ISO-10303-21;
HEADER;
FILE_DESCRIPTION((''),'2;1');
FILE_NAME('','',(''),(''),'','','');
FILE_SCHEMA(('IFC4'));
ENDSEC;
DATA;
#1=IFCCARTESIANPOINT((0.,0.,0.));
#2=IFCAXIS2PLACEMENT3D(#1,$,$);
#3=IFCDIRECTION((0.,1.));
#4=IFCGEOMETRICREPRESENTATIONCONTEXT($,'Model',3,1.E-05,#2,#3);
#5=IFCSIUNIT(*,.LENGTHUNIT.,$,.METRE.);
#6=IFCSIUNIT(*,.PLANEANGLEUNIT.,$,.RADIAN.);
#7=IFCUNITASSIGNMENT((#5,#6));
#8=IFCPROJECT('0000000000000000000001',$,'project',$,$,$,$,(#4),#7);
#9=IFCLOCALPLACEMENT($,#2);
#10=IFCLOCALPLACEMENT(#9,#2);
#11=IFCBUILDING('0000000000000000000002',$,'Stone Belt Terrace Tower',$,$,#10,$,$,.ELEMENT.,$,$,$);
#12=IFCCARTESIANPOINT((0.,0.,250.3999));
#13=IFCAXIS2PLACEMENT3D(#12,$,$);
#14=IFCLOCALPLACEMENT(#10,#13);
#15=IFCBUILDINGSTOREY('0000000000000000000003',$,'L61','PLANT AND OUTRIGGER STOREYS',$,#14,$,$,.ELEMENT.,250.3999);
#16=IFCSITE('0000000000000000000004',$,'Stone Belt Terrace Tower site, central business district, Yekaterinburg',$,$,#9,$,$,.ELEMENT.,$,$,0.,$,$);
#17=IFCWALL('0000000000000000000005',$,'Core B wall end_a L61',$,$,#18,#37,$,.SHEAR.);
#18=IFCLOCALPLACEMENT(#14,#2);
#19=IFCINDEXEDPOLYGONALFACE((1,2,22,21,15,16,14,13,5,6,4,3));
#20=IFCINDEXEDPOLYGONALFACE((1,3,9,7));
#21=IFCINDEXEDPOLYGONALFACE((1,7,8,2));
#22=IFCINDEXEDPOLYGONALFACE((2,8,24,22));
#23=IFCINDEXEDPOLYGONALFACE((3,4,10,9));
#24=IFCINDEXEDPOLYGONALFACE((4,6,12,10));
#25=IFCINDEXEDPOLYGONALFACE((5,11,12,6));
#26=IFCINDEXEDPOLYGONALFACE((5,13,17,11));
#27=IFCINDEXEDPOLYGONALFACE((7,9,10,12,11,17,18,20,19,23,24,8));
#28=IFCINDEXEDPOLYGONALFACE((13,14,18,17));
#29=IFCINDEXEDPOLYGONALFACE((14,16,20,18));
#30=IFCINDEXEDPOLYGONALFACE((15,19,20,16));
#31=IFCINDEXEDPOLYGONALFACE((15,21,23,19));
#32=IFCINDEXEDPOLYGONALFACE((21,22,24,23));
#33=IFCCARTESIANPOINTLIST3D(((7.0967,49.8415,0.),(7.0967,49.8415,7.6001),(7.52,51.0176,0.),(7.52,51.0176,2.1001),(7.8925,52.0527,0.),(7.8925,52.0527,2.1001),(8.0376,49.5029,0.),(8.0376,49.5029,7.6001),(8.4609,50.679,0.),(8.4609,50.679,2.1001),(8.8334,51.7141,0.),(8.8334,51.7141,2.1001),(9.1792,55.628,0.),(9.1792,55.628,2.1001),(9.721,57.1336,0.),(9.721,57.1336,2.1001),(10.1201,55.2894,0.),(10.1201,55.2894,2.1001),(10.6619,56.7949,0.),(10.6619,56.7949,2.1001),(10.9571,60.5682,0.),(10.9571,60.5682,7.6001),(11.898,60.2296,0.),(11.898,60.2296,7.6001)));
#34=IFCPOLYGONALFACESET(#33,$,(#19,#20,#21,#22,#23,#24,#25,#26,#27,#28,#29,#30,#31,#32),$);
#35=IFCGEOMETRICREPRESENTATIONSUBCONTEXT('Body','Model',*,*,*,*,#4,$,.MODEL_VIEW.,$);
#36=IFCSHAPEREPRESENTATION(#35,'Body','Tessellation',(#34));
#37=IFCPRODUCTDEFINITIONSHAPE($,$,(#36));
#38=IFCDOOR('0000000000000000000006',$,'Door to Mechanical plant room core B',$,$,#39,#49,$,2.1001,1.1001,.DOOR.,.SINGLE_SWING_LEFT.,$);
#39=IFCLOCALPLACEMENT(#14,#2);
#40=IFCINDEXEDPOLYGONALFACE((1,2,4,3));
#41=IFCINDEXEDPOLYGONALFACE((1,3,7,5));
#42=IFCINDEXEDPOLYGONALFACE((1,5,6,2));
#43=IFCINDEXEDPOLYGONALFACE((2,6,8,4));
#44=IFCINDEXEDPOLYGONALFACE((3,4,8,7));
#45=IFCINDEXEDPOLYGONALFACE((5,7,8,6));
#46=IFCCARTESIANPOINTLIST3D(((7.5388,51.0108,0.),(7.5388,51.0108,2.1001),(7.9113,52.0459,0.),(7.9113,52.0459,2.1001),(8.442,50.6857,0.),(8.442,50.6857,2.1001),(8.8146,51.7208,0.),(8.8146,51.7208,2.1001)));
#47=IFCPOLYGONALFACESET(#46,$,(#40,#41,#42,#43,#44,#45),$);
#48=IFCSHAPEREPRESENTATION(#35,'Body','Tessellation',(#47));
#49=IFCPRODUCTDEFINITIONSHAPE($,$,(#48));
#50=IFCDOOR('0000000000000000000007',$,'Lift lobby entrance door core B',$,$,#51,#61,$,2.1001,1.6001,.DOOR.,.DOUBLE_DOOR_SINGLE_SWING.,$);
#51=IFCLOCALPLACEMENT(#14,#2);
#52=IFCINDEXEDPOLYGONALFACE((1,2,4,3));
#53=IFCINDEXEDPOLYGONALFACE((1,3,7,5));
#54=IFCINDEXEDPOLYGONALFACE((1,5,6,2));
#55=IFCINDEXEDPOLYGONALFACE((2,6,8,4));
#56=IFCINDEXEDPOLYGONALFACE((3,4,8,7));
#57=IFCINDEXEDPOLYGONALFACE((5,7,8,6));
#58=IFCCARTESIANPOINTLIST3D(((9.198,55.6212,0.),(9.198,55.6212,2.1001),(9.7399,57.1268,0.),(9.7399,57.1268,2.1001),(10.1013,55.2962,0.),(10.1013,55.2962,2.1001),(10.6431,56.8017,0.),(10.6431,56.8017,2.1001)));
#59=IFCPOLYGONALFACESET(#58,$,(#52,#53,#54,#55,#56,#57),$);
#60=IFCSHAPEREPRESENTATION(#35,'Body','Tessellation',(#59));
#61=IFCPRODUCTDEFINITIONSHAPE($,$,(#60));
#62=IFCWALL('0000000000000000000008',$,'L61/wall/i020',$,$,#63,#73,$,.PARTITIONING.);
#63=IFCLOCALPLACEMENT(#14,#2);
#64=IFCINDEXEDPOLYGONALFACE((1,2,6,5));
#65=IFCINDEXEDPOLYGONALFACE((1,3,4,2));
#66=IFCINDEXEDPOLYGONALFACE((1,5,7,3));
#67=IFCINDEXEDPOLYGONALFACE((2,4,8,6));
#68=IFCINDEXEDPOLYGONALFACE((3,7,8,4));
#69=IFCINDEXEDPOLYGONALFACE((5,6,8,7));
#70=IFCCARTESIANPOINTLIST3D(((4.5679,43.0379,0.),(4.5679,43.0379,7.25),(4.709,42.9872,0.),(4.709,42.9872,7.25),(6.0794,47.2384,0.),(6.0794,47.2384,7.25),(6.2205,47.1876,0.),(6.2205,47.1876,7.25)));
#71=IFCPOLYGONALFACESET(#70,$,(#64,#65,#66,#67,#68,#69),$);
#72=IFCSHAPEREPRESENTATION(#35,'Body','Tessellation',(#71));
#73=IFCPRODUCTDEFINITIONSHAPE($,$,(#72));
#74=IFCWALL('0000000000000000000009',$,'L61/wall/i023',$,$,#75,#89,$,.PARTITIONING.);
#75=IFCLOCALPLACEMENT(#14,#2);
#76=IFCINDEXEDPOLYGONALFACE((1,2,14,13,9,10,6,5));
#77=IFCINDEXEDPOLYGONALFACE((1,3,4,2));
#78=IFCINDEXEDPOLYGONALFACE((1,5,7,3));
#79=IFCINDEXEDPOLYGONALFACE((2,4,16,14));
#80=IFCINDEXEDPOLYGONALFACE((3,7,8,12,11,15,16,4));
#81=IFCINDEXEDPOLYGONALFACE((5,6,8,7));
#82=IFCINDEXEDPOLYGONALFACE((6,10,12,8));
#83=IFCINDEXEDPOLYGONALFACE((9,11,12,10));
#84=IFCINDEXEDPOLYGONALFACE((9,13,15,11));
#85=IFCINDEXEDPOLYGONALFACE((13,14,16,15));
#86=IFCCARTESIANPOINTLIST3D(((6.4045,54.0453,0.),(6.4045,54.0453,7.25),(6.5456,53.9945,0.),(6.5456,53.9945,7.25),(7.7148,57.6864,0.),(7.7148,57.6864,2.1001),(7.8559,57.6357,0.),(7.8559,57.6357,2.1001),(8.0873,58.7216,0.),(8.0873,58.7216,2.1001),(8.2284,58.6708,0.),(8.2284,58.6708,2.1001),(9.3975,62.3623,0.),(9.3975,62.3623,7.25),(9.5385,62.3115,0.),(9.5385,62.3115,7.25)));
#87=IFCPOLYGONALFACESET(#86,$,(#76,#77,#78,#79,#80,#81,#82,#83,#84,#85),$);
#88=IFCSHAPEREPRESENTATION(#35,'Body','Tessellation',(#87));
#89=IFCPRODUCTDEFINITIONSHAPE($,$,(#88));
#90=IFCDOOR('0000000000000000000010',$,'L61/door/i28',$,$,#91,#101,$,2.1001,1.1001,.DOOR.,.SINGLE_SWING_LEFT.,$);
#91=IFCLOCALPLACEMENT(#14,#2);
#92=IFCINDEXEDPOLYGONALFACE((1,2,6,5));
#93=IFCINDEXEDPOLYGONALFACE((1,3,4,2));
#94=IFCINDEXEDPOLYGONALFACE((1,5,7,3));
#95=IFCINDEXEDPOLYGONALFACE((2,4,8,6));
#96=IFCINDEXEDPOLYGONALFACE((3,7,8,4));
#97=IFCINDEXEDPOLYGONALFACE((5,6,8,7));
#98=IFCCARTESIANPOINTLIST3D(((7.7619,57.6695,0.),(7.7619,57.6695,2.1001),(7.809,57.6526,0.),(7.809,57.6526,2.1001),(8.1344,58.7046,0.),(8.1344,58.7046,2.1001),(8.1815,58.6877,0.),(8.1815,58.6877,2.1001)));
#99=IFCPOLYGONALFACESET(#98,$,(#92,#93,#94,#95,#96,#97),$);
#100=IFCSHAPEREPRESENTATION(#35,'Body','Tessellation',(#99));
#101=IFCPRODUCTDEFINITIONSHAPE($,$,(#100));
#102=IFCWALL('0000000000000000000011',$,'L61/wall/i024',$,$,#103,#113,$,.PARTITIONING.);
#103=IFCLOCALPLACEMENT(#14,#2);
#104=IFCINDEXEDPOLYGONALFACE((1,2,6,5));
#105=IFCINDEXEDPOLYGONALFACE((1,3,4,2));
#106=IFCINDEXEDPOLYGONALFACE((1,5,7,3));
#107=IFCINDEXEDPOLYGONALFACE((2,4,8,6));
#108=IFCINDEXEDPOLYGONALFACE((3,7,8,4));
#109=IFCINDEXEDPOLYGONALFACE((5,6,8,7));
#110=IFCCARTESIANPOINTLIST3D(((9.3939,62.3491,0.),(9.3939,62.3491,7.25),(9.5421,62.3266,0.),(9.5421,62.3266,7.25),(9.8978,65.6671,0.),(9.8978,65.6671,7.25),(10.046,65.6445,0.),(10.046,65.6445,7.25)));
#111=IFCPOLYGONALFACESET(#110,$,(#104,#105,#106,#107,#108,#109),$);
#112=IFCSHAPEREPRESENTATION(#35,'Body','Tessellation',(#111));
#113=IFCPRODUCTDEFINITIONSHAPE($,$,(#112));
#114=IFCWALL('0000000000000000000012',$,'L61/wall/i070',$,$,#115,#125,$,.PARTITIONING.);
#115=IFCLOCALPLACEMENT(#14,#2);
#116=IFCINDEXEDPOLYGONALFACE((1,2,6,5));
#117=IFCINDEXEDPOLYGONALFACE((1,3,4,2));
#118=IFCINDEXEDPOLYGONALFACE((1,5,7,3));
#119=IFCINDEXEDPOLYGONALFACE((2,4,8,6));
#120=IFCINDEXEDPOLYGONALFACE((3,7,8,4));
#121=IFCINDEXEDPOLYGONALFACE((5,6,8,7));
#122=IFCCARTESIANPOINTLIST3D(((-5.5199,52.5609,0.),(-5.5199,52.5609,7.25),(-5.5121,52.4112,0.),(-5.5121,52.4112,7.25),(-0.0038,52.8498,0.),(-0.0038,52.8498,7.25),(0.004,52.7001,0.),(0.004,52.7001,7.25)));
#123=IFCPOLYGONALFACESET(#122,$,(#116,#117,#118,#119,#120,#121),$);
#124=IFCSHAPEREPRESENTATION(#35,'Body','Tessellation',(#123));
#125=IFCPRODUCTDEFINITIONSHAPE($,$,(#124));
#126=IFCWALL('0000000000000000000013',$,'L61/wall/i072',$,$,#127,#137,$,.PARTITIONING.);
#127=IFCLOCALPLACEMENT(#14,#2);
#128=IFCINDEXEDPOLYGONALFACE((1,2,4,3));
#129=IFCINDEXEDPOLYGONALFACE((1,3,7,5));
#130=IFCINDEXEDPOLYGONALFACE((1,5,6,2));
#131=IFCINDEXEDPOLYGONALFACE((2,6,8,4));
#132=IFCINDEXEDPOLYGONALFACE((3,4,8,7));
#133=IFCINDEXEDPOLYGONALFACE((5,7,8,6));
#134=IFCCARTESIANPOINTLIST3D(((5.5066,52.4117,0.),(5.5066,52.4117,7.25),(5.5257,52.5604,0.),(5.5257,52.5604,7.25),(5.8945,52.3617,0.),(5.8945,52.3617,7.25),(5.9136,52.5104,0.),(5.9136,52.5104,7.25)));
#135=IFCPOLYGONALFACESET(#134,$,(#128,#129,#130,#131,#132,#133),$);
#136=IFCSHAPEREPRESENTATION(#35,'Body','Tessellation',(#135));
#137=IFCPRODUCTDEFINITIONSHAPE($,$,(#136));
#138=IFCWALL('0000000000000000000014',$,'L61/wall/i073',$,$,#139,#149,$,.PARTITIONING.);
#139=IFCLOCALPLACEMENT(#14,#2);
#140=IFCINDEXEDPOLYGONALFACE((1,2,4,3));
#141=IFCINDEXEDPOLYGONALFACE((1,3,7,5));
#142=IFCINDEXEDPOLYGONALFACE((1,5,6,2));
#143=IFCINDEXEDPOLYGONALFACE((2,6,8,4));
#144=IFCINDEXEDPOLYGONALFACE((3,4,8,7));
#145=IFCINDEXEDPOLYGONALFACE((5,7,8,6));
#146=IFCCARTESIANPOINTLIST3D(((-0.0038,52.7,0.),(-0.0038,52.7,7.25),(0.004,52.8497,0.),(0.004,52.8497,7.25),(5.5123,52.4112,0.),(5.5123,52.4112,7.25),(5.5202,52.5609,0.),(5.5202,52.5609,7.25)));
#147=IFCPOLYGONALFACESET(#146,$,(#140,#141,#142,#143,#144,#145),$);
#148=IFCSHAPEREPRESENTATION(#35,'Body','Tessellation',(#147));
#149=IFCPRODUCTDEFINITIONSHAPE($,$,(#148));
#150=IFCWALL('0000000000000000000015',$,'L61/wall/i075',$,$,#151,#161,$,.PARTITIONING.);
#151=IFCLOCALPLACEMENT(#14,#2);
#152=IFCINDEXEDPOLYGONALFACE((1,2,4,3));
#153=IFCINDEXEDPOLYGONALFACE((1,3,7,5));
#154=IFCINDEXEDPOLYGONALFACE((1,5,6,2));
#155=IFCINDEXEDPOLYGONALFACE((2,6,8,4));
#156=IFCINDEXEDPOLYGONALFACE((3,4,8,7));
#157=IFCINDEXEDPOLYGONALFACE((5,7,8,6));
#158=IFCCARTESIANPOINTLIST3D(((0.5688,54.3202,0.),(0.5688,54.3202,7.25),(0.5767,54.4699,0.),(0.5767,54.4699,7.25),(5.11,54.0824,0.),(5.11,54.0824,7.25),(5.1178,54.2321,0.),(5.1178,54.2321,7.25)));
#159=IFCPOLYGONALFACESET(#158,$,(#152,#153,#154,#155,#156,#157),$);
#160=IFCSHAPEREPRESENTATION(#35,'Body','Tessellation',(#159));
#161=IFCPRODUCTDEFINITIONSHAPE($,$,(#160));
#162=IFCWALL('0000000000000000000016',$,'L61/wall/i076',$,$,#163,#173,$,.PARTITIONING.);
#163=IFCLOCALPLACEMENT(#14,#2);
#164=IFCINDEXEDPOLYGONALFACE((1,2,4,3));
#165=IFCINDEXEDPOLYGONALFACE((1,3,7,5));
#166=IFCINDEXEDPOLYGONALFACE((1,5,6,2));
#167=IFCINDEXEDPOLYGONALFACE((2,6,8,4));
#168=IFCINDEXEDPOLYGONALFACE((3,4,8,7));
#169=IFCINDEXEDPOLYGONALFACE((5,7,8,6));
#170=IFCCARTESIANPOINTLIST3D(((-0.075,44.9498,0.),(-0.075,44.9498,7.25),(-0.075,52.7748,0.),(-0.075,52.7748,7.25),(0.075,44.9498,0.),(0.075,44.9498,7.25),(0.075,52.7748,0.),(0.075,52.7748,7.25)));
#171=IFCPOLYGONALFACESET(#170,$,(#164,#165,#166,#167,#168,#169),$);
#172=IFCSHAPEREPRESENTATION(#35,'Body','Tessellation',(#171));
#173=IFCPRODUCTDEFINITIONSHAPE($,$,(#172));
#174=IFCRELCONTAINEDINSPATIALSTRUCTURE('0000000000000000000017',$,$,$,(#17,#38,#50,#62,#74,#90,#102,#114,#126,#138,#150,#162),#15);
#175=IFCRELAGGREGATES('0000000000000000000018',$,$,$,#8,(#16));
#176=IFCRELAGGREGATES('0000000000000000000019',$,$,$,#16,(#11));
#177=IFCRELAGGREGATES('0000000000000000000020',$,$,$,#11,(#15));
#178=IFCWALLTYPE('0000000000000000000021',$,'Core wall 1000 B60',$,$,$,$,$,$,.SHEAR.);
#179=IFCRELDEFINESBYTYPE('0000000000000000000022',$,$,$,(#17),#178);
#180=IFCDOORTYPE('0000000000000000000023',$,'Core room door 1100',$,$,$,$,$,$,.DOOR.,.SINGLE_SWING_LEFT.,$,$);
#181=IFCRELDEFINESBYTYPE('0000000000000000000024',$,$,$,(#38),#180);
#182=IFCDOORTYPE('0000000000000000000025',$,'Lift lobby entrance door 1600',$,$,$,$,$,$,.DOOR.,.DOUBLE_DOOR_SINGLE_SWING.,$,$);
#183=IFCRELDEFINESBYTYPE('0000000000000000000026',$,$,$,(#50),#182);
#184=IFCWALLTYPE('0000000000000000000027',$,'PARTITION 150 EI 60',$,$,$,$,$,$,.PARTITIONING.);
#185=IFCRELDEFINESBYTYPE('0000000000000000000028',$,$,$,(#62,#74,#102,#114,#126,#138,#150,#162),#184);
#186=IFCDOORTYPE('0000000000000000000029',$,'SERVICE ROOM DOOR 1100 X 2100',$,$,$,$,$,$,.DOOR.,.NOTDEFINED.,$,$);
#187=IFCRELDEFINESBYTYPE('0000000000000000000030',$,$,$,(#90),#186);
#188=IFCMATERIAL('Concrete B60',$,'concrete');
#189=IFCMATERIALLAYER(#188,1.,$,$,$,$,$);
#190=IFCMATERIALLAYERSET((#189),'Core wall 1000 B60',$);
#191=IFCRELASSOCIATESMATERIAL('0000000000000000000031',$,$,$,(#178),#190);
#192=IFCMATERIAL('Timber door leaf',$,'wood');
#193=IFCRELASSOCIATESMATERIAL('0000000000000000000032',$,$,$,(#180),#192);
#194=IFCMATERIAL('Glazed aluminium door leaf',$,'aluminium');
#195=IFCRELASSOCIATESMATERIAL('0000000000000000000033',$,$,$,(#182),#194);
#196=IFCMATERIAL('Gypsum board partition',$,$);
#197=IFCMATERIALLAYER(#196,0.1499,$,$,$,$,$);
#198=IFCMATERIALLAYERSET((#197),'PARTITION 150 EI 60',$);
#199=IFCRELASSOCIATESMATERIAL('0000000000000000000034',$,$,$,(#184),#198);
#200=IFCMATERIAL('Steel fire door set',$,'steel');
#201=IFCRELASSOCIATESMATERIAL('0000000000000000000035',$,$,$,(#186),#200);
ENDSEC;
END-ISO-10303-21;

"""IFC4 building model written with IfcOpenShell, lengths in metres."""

from ifc_helpers import new_model, si_unit, direction, frame, frame_2d, origin, place, context, subcontext, project, spatial, rectangle, extrude, material, layer, layer_set, type_object, element, fill, save


model = new_model("IFC4")

# Units and contexts
model_context = context("Model", 3, precision=1e-05, world=origin(), true_north=direction((0.0, 1.0)))
body_context = subcontext(model_context, "Body", "Model", "MODEL_VIEW")
ifc_project = project(units=[si_unit("LENGTHUNIT", "METRE"), si_unit("PLANEANGLEUNIT", "RADIAN")], contexts=[model_context])

# Site, building, storey
site_placement = place(None, origin())
site = spatial("IfcSite", under=ifc_project, at=site_placement, Name="Stone Belt Terrace Tower site, central business district, Yekaterinburg", CompositionType="ELEMENT", RefElevation=0.0)
building_placement = place(site_placement, origin())
building = spatial("IfcBuilding", under=site, at=building_placement, Name="Stone Belt Terrace Tower", CompositionType="ELEMENT")
storey_placement = place(building_placement, frame((0.0, 0.0, 250.3999)))
storey = spatial("IfcBuildingStorey", under=building, at=storey_placement, Name="L61", Description="PLANT AND OUTRIGGER STOREYS", CompositionType="ELEMENT", Elevation=250.3999)

# Shared definitions
ifc_material_1 = material(Name="Concrete B60", Category="concrete")

# Wall, openings, doors
ifc_layer_1 = layer(ifc_material_1, 1.0)
ifc_layer_set_1 = layer_set([ifc_layer_1], Name="Core wall 1000 B60")
wall_type_1 = type_object("IfcWallType", Name="Core wall 1000 B60", PredefinedType="SHEAR", material=ifc_layer_set_1)
wall_1_placement = place(storey_placement, frame((7.5671, 49.6721, 0.0), z_axis=(0.0, 0.0, 1.0), x_axis=(0.338625, 0.940921, 0.0)))
wall_1 = element("IfcWall", 1, at=wall_1_placement, inside=storey, type_object=wall_type_1, Name="Core B wall end_a L61", PredefinedType="SHEAR", context=body_context, shape_type="SweptSolid", body=[
    extrude(rectangle(XDim=11.4001, YDim=1.0, at=frame_2d((5.7002, 0.0))), origin(), (0.0, 0.0, 1.0), 7.6001),
])
opening_1_placement = place(wall_1_placement, frame((6.1499, 0.0, 0.0)))
opening_1 = element("IfcOpeningElement", 2, at=opening_1_placement, cuts=wall_1, PredefinedType="OPENING", context=body_context, shape_type="SweptSolid", body=[
    extrude(rectangle(XDim=1.6001, YDim=2.1001, at=frame_2d((0.8, 1.05))), frame((0.0, 0.51, 0.0), z_axis=(0.0, -1.0, 0.0), x_axis=(1.0, 0.0, 0.0)), (0.0, 0.0, 1.0), 1.02),
])
opening_2_placement = place(wall_1_placement, frame((1.25, 0.0, 0.0)))
opening_2 = element("IfcOpeningElement", 3, at=opening_2_placement, cuts=wall_1, PredefinedType="OPENING", context=body_context, shape_type="SweptSolid", body=[
    extrude(rectangle(XDim=1.1001, YDim=2.1001, at=frame_2d((0.55, 1.05))), frame((0.0, 0.51, 0.0), z_axis=(0.0, -1.0, 0.0), x_axis=(1.0, 0.0, 0.0)), (0.0, 0.0, 1.0), 1.02),
])
ifc_material_2 = material(Name="Timber door leaf", Category="wood")
door_type_1 = type_object("IfcDoorType", Name="Core room door 1100", OperationType="SINGLE_SWING_LEFT", PredefinedType="DOOR", material=ifc_material_2)
door_1_placement = place(opening_2_placement, origin())
door_1 = element("IfcDoor", 4, at=door_1_placement, inside=storey, type_object=door_type_1, Name="Door to Mechanical plant room core B", OperationType="SINGLE_SWING_LEFT", OverallHeight=2.1001, OverallWidth=1.1001, PredefinedType="DOOR", context=body_context, shape_type="SweptSolid", body=[
    extrude(rectangle(XDim=1.1001, YDim=2.1001, at=frame_2d((0.55, 1.05))), frame((0.0, 0.48, 0.0), z_axis=(0.0, -1.0, 0.0), x_axis=(1.0, 0.0, 0.0)), (0.0, 0.0, 1.0), 0.96),
])
fill(opening_2, door_1)
ifc_material_3 = material(Name="Glazed aluminium door leaf", Category="aluminium")
door_type_2 = type_object("IfcDoorType", Name="Lift lobby entrance door 1600", OperationType="DOUBLE_DOOR_SINGLE_SWING", PredefinedType="DOOR", material=ifc_material_3)
door_2_placement = place(opening_1_placement, origin())
door_2 = element("IfcDoor", 5, at=door_2_placement, inside=storey, type_object=door_type_2, Name="Lift lobby entrance door core B", OperationType="DOUBLE_DOOR_SINGLE_SWING", OverallHeight=2.1001, OverallWidth=1.6001, PredefinedType="DOOR", context=body_context, shape_type="SweptSolid", body=[
    extrude(rectangle(XDim=1.6001, YDim=2.1001, at=frame_2d((0.8, 1.05))), frame((0.0, 0.48, 0.0), z_axis=(0.0, -1.0, 0.0), x_axis=(1.0, 0.0, 0.0)), (0.0, 0.0, 1.0), 0.96),
])
fill(opening_1, door_2)

# Wall
ifc_material_4 = material(Name="Gypsum board partition")
ifc_layer_2 = layer(ifc_material_4, 0.1499)
ifc_layer_set_2 = layer_set([ifc_layer_2], Name="PARTITION 150 EI 60")
wall_type_2 = type_object("IfcWallType", Name="PARTITION 150 EI 60", PredefinedType="PARTITIONING", material=ifc_layer_set_2)
wall_2_placement = place(storey_placement, frame((6.1499, 47.2129, 0.0), z_axis=(0.0, 0.0, 1.0), x_axis=(-0.338584, -0.940936, 0.0)))
element("IfcWall", 6, at=wall_2_placement, inside=storey, type_object=wall_type_2, Name="L61/wall/i020", PredefinedType="PARTITIONING", context=body_context, shape_type="SweptSolid", body=[
    extrude(rectangle(XDim=4.4641, YDim=0.1499, at=frame_2d((2.2319, 0.0))), origin(), (0.0, 0.0, 1.0), 7.25),
])

# Wall, opening, door
wall_3_placement = place(storey_placement, frame((6.4751, 54.02, 0.0), z_axis=(0.0, 0.0, 1.0), x_axis=(0.338603, 0.940929, 0.0)))
wall_3 = element("IfcWall", 7, at=wall_3_placement, inside=storey, type_object=wall_type_2, Name="L61/wall/i023", PredefinedType="PARTITIONING", context=body_context, shape_type="SweptSolid", body=[
    extrude(rectangle(XDim=8.8391, YDim=0.1499, at=frame_2d((4.4194, 0.0))), origin(), (0.0, 0.0, 1.0), 7.25),
])
opening_3_placement = place(wall_3_placement, frame((3.8696, 0.0, 0.0)))
opening_3 = element("IfcOpeningElement", 8, at=opening_3_placement, cuts=wall_3, PredefinedType="OPENING", context=body_context, shape_type="SweptSolid", body=[
    extrude(rectangle(XDim=1.1001, YDim=2.1001, at=frame_2d((0.55, 1.05))), frame((0.0, 0.085, 0.0), z_axis=(0.0, -1.0, 0.0), x_axis=(1.0, 0.0, 0.0)), (0.0, 0.0, 1.0), 0.1699),
])
ifc_material_5 = material(Name="Steel fire door set", Category="steel")
door_type_3 = type_object("IfcDoorType", Name="SERVICE ROOM DOOR 1100 X 2100", OperationType="NOTDEFINED", PredefinedType="DOOR", material=ifc_material_5)
door_3_placement = place(opening_3_placement, origin())
door_3 = element("IfcDoor", 9, at=door_3_placement, inside=storey, type_object=door_type_3, Name="L61/door/i28", OperationType="SINGLE_SWING_LEFT", OverallHeight=2.1001, OverallWidth=1.1001, PredefinedType="DOOR", context=body_context, shape_type="SweptSolid", body=[
    extrude(rectangle(XDim=1.1001, YDim=2.1001, at=frame_2d((0.55, 1.05))), frame((0.0, 0.0249, 0.0), z_axis=(0.0, -1.0, 0.0), x_axis=(1.0, 0.0, 0.0)), (0.0, 0.0, 1.0), 0.05),
])
fill(opening_3, door_3)

# Walls
wall_4_placement = place(storey_placement, frame((9.468, 62.3379, 0.0), z_axis=(0.0, 0.0, 1.0), x_axis=(0.150154, 0.988663, 0.0)))
element("IfcWall", 10, at=wall_4_placement, inside=storey, type_object=wall_type_2, Name="L61/wall/i024", PredefinedType="PARTITIONING", context=body_context, shape_type="SweptSolid", body=[
    extrude(rectangle(XDim=3.356, YDim=0.1499, at=frame_2d((1.678, 0.0))), origin(), (0.0, 0.0, 1.0), 7.25),
])
wall_5_placement = place(storey_placement, frame((0.0, 52.7749, 0.0), z_axis=(0.0, 0.0, 1.0), x_axis=(-0.998632, -0.052287, 0.0)))
element("IfcWall", 11, at=wall_5_placement, inside=storey, type_object=wall_type_2, Name="L61/wall/i070", PredefinedType="PARTITIONING", context=body_context, shape_type="SweptSolid", body=[
    extrude(rectangle(XDim=5.5237, YDim=0.1499, at=frame_2d((2.7617, 0.0))), origin(), (0.0, 0.0, 1.0), 7.25),
])
wall_6_placement = place(storey_placement, frame((5.9041, 52.436, 0.0), z_axis=(0.0, 0.0, 1.0), x_axis=(-0.99178, 0.127952, 0.0)))
element("IfcWall", 12, at=wall_6_placement, inside=storey, type_object=wall_type_2, Name="L61/wall/i072", PredefinedType="PARTITIONING", context=body_context, shape_type="SweptSolid", body=[
    extrude(rectangle(XDim=0.3911, YDim=0.1499, at=frame_2d((0.1956, 0.0))), origin(), (0.0, 0.0, 1.0), 7.25),
])
wall_7_placement = place(storey_placement, frame((5.5161, 52.4861, 0.0), z_axis=(0.0, 0.0, 1.0), x_axis=(-0.998632, 0.052287, 0.0)))
element("IfcWall", 13, at=wall_7_placement, inside=storey, type_object=wall_type_2, Name="L61/wall/i073", PredefinedType="PARTITIONING", context=body_context, shape_type="SweptSolid", body=[
    extrude(rectangle(XDim=5.5237, YDim=0.1499, at=frame_2d((2.7617, 0.0))), origin(), (0.0, 0.0, 1.0), 7.25),
])
wall_8_placement = place(storey_placement, frame((0.5728, 54.395, 0.0), z_axis=(0.0, 0.0, 1.0), x_axis=(0.998632, -0.052291, 0.0)))
element("IfcWall", 14, at=wall_8_placement, inside=storey, type_object=wall_type_2, Name="L61/wall/i075", PredefinedType="PARTITIONING", context=body_context, shape_type="SweptSolid", body=[
    extrude(rectangle(XDim=4.5474, YDim=0.1499, at=frame_2d((2.2737, 0.0))), origin(), (0.0, 0.0, 1.0), 7.25),
])
wall_9_placement = place(storey_placement, frame((0.0, 52.7749, 0.0), z_axis=(0.0, 0.0, 1.0), x_axis=(0.0, -1.0, 0.0)))
element("IfcWall", 15, at=wall_9_placement, inside=storey, type_object=wall_type_2, Name="L61/wall/i076", PredefinedType="PARTITIONING", context=body_context, shape_type="SweptSolid", body=[
    extrude(rectangle(XDim=7.825, YDim=0.1499, at=frame_2d((3.9126, 0.0))), origin(), (0.0, 0.0, 1.0), 7.25),
])

save(model, "model.ifc")
